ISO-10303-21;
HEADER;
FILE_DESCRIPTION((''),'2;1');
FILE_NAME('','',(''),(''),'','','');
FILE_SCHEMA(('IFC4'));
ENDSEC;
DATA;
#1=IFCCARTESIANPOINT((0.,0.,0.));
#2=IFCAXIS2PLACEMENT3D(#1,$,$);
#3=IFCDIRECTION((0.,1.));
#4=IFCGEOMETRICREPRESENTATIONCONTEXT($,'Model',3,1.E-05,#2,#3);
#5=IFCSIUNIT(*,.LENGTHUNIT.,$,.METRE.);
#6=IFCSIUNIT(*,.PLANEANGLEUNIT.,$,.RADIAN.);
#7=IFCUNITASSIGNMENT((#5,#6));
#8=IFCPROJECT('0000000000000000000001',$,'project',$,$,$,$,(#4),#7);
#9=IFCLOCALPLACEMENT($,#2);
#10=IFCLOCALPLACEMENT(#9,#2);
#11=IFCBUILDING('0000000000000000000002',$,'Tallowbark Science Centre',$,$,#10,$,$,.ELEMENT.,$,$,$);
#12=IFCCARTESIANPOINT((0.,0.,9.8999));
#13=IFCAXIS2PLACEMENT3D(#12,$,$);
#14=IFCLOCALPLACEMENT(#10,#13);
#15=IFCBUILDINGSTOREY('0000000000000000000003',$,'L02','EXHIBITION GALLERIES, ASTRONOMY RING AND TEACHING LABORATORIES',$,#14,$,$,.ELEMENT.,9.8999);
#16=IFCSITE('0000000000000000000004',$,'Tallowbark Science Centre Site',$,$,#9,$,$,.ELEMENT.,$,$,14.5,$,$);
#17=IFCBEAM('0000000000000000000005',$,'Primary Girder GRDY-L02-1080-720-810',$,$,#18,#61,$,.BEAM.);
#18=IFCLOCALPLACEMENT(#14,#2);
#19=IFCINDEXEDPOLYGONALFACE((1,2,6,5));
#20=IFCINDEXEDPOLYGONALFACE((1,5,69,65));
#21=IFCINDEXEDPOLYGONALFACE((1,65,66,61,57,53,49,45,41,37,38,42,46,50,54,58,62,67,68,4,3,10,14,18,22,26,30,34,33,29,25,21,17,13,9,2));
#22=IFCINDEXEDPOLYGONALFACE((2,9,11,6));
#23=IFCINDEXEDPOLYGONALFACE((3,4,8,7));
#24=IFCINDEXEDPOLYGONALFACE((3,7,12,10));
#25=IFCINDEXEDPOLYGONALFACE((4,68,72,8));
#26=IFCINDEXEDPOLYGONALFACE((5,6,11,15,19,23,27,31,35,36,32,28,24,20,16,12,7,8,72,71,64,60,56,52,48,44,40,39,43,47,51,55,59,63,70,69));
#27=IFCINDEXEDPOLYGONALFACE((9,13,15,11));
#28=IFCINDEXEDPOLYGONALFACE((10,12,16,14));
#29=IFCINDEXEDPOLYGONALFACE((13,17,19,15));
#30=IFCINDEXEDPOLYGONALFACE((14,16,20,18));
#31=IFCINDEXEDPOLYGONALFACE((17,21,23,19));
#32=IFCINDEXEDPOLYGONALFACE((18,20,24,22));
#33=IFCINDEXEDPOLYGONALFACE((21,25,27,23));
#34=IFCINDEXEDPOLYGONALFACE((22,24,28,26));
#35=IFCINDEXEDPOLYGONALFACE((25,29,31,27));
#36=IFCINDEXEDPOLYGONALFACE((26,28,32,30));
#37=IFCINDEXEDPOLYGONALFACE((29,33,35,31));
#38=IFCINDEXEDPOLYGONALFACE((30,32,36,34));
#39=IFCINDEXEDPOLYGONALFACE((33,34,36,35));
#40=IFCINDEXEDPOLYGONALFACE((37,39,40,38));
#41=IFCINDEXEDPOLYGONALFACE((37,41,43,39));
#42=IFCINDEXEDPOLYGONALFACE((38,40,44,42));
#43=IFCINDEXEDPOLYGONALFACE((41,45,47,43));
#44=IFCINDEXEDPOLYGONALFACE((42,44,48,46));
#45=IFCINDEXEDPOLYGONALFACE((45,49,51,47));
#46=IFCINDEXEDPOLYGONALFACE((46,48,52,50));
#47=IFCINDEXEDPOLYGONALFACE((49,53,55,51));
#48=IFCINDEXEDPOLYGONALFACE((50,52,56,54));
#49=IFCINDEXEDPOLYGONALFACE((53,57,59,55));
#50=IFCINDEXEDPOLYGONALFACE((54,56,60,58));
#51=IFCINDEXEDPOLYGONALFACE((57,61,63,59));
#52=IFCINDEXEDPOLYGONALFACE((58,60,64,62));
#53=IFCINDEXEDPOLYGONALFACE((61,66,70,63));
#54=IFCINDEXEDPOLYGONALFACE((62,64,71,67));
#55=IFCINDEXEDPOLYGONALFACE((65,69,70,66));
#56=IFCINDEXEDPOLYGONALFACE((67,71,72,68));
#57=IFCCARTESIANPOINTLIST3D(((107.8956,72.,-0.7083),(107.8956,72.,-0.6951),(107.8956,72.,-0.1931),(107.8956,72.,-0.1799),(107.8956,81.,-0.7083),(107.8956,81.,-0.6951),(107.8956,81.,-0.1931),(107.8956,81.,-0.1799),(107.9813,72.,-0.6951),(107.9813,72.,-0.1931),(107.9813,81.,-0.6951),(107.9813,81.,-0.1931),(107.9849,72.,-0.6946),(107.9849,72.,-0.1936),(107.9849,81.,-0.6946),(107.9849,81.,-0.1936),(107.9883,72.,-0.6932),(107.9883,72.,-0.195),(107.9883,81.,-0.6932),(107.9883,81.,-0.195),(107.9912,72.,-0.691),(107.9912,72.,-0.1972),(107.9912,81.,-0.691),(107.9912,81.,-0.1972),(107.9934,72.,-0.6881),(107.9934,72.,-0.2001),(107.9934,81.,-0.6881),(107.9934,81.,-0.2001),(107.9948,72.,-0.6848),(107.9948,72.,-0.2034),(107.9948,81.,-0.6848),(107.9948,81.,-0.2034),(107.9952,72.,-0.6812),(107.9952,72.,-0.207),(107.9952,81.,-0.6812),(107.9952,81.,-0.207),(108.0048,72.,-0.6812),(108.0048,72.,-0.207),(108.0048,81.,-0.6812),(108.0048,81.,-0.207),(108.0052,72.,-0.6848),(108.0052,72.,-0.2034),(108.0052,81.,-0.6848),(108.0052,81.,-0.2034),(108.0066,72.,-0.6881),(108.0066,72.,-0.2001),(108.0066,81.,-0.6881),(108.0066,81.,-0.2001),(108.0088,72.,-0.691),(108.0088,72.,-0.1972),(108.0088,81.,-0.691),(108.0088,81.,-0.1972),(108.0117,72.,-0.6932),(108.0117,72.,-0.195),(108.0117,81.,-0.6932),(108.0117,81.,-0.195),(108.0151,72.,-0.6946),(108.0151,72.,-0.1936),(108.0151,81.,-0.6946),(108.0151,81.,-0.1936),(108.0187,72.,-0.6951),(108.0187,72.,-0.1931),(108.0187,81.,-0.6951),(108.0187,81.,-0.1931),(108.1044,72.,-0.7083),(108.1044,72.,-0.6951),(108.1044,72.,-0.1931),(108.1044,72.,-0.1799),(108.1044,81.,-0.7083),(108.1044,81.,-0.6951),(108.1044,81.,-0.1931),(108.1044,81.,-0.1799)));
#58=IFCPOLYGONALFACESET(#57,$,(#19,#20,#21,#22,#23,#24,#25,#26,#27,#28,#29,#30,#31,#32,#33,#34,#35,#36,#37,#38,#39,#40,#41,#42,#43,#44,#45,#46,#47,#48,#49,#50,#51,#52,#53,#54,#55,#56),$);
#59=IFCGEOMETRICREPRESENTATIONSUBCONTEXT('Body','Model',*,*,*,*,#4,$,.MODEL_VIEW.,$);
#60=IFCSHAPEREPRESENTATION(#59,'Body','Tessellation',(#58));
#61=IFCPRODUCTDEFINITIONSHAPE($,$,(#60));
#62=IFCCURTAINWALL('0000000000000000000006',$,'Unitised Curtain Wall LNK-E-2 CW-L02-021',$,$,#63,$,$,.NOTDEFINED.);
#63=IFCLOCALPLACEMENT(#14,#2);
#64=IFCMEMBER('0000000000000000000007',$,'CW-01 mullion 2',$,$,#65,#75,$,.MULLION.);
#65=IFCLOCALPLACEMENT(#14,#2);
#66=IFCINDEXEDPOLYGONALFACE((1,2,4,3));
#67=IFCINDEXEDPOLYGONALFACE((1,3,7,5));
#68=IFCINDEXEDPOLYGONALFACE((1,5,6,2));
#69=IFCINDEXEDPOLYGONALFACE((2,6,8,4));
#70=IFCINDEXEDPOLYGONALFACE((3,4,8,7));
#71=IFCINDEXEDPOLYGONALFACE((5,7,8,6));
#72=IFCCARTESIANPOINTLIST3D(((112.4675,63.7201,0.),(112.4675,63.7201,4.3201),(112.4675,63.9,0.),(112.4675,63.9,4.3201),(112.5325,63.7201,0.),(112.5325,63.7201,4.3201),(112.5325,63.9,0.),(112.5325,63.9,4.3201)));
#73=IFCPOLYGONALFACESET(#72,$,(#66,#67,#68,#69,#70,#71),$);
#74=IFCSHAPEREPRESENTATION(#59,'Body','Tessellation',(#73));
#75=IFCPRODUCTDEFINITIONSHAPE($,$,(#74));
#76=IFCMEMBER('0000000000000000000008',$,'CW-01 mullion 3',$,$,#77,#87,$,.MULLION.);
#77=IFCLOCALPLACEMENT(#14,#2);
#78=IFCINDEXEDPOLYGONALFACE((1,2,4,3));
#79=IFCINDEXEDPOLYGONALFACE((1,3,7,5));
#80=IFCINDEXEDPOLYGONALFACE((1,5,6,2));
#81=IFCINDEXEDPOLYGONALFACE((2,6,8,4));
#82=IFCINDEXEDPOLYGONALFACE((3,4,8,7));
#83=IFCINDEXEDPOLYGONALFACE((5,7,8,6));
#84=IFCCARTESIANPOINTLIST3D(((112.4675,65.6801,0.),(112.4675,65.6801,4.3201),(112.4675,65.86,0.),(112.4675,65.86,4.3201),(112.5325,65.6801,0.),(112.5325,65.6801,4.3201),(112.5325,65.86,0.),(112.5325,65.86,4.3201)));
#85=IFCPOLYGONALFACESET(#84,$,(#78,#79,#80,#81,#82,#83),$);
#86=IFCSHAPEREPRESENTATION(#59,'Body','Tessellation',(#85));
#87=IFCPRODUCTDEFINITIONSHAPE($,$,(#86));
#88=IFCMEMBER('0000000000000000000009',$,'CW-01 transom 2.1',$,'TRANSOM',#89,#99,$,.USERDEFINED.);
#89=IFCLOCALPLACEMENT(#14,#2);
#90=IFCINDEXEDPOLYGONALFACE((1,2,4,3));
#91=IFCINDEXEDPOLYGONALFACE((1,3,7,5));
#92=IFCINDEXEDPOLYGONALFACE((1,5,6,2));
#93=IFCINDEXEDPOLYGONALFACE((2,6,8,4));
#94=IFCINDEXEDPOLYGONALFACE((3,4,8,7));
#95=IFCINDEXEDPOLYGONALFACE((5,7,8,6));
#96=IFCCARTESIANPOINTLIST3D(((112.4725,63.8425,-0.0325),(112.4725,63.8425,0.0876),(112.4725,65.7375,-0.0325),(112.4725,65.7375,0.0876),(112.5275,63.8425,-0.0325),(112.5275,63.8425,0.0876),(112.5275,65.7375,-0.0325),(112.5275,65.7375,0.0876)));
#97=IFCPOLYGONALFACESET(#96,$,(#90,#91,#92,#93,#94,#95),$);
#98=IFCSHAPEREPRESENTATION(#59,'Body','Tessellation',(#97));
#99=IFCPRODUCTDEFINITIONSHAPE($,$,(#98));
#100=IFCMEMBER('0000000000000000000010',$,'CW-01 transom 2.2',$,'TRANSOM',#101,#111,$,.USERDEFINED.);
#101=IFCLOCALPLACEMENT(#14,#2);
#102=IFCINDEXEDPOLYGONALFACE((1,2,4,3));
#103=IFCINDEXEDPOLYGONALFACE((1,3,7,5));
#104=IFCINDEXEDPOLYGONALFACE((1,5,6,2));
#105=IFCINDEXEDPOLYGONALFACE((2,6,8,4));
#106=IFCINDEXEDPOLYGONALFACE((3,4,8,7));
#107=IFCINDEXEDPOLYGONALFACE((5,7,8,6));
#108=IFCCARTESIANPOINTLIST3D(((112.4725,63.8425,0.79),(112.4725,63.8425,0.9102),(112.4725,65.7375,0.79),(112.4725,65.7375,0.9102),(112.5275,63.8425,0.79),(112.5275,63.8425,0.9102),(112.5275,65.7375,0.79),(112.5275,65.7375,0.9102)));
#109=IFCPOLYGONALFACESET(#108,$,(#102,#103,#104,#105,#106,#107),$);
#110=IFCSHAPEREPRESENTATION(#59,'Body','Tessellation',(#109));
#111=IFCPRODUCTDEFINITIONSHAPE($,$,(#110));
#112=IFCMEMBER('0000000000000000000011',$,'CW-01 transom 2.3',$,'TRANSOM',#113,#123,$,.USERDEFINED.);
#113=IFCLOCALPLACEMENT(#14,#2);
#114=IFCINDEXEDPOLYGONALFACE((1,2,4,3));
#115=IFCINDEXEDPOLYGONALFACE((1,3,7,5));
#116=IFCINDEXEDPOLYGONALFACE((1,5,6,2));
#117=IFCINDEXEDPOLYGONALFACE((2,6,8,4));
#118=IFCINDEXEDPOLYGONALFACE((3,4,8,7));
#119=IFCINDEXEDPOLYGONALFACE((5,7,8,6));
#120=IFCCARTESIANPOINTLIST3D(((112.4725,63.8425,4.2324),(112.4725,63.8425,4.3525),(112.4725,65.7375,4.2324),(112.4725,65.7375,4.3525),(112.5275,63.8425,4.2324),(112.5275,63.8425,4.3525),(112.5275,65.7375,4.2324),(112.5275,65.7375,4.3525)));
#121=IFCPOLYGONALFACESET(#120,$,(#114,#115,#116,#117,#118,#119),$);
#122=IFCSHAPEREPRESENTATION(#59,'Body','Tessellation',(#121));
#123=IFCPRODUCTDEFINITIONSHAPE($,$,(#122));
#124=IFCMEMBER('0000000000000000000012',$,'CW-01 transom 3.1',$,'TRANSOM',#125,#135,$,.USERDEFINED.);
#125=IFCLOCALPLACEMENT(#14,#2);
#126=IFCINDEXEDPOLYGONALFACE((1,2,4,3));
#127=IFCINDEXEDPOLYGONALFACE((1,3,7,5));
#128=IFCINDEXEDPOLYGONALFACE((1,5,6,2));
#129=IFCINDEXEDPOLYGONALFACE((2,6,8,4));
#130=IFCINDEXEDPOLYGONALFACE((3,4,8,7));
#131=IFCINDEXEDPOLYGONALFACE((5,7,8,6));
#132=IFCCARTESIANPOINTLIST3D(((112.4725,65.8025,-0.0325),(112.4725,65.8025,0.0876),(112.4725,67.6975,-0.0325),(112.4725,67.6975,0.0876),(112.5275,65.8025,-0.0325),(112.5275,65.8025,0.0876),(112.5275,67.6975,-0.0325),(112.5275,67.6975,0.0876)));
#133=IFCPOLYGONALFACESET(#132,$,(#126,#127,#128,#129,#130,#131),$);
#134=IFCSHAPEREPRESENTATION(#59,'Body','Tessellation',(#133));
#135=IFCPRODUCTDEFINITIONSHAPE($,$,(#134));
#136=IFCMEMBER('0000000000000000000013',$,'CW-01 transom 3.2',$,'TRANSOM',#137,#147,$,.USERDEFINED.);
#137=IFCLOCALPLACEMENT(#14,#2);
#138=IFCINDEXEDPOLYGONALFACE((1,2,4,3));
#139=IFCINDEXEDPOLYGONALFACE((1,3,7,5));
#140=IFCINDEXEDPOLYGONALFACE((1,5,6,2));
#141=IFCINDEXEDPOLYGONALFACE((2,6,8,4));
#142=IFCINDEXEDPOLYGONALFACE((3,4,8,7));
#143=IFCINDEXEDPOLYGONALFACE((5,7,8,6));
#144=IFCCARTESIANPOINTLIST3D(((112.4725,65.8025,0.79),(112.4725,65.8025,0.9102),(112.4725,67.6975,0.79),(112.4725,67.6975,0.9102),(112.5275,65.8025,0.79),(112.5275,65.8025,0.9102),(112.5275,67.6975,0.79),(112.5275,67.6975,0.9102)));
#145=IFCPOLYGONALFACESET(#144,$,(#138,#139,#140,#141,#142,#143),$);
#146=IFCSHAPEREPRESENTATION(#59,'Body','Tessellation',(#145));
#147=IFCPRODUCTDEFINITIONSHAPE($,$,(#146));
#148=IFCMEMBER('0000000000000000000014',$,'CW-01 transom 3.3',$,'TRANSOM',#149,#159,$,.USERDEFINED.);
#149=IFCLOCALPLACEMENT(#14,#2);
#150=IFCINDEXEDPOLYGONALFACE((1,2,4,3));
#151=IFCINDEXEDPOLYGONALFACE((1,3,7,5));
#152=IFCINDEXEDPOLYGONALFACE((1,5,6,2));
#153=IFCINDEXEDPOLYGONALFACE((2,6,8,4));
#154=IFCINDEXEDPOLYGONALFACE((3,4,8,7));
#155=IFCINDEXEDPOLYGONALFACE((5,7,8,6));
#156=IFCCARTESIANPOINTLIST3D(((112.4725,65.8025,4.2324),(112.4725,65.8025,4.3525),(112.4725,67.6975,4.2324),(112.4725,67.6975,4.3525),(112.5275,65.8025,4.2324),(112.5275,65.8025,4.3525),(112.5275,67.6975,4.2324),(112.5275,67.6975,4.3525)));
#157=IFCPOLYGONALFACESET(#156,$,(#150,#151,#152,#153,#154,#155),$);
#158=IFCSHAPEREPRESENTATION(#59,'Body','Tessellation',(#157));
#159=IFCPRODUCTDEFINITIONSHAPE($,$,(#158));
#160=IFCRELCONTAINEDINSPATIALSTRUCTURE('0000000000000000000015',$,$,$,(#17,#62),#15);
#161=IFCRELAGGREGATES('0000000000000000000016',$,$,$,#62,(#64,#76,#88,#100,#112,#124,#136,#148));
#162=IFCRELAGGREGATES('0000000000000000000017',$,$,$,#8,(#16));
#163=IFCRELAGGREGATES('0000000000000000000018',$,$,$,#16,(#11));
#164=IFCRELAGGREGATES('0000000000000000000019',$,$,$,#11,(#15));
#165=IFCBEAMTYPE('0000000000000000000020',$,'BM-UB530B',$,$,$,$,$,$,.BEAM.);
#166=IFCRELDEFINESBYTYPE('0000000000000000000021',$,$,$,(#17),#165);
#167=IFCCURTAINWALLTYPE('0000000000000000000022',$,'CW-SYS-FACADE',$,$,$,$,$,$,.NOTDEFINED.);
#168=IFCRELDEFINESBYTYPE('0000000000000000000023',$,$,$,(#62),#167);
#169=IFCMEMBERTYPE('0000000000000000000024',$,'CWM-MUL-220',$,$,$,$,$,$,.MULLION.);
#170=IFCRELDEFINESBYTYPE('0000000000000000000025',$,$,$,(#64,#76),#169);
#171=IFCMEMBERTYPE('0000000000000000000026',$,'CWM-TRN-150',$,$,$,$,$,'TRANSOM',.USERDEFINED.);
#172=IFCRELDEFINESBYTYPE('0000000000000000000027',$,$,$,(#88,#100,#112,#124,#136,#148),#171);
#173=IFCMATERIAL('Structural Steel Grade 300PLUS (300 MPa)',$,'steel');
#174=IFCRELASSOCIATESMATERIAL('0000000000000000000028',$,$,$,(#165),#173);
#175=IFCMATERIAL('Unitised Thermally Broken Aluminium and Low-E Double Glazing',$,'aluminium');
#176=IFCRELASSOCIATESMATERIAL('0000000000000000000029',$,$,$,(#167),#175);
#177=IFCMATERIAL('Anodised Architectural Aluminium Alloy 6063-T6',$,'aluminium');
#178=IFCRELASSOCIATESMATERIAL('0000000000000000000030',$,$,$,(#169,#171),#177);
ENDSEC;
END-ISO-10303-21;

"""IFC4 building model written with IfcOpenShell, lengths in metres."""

from ifc_helpers import new_model, si_unit, direction, frame, origin, origin_2d, place, context, subcontext, project, spatial, rectangle, i_section, extrude, material, material_profile, profile_set, type_object, element, aggregate, save


model = new_model("IFC4")

# Units and contexts
model_context = context("Model", 3, precision=1e-05, world=origin(), true_north=direction((0.0, 1.0)))
body_context = subcontext(model_context, "Body", "Model", "MODEL_VIEW")
ifc_project = project(units=[si_unit("LENGTHUNIT", "METRE"), si_unit("PLANEANGLEUNIT", "RADIAN")], contexts=[model_context])

# Site, building, storey
site_placement = place(None, origin())
site = spatial("IfcSite", under=ifc_project, at=site_placement, Name="Tallowbark Science Centre Site", CompositionType="ELEMENT", RefElevation=14.5)
building_placement = place(site_placement, origin())
building = spatial("IfcBuilding", under=site, at=building_placement, Name="Tallowbark Science Centre", CompositionType="ELEMENT")
storey_placement = place(building_placement, frame((0.0, 0.0, 9.8999)))
storey = spatial("IfcBuildingStorey", under=building, at=storey_placement, Name="L02", Description="EXHIBITION GALLERIES, ASTRONOMY RING AND TEACHING LABORATORIES", CompositionType="ELEMENT", Elevation=9.8999)

# Shared definitions
ifc_material_1 = material(Name="Structural Steel Grade 300PLUS (300 MPa)", Category="steel")

# Beam
ifc_material_profile_1 = material_profile(ifc_material_1, i_section(OverallWidth=0.2087, OverallDepth=0.5283, WebThickness=0.0095, FlangeThickness=0.0132, FilletRadius=0.0139, at=origin_2d()), Name="530UB82.0")
ifc_profile_set_1 = profile_set([ifc_material_profile_1], Name="Structural Steel Grade 300PLUS (300 MPa)")
beam_type_1 = type_object("IfcBeamType", Name="BM-UB530B", PredefinedType="BEAM", material=ifc_profile_set_1)
beam_1_placement = place(storey_placement, frame((108.0, 72.0, -0.4441), z_axis=(0.0, 1.0, 0.0), x_axis=(-1.0, 0.0, 0.0)))
element("IfcBeam", 1, at=beam_1_placement, inside=storey, type_object=beam_type_1, Name="Primary Girder GRDY-L02-1080-720-810", PredefinedType="BEAM", context=body_context, shape_type="SweptSolid", body=[
    extrude(i_section(OverallWidth=0.2087, OverallDepth=0.5283, WebThickness=0.0095, FlangeThickness=0.0132, FilletRadius=0.0139, at=origin_2d()), origin(), (0.0, 0.0, 1.0), 9.0),
])

# Curtain wall, members
ifc_material_2 = material(Name="Unitised Thermally Broken Aluminium and Low-E Double Glazing", Category="aluminium")
curtain_wall_type = type_object("IfcCurtainWallType", Name="CW-SYS-FACADE", PredefinedType="NOTDEFINED", material=ifc_material_2)
curtain_wall_placement = place(storey_placement, origin())
curtain_wall = element("IfcCurtainWall", 2, at=curtain_wall_placement, inside=storey, type_object=curtain_wall_type, Name="Unitised Curtain Wall LNK-E-2 CW-L02-021", PredefinedType="NOTDEFINED")
ifc_material_3 = material(Name="Anodised Architectural Aluminium Alloy 6063-T6", Category="aluminium")
ifc_material_profile_2 = material_profile(ifc_material_3, rectangle(XDim=0.0649, YDim=0.1799, at=origin_2d()), Name="ALU65x180")
ifc_profile_set_2 = profile_set([ifc_material_profile_2], Name="Anodised Architectural Aluminium Alloy 6063-T6")
member_type_1 = type_object("IfcMemberType", Name="CWM-MUL-220", PredefinedType="MULLION", material=ifc_profile_set_2)
member_1_placement = place(storey_placement, frame((112.5, 63.8101, 0.0), z_axis=(0.0, 0.0, 1.0), x_axis=(-1.0, 0.0, 0.0)))
member_1 = element("IfcMember", 3, at=member_1_placement, type_object=member_type_1, Name="CW-01 mullion 2", PredefinedType="MULLION", context=body_context, shape_type="SweptSolid", body=[
    extrude(rectangle(XDim=0.0649, YDim=0.1799, at=origin_2d()), origin(), (0.0, 0.0, 1.0), 4.3201),
])
member_2_placement = place(storey_placement, frame((112.5, 65.77, 0.0), z_axis=(0.0, 0.0, 1.0), x_axis=(-1.0, 0.0, 0.0)))
member_2 = element("IfcMember", 4, at=member_2_placement, type_object=member_type_1, Name="CW-01 mullion 3", PredefinedType="MULLION", context=body_context, shape_type="SweptSolid", body=[
    extrude(rectangle(XDim=0.0649, YDim=0.1799, at=origin_2d()), origin(), (0.0, 0.0, 1.0), 4.3201),
])
ifc_material_profile_3 = material_profile(ifc_material_3, rectangle(XDim=0.0549, YDim=0.1201, at=origin_2d()), Name="ALU55x120")
ifc_profile_set_3 = profile_set([ifc_material_profile_3], Name="Anodised Architectural Aluminium Alloy 6063-T6")
member_type_2 = type_object("IfcMemberType", Name="CWM-TRN-150", ElementType="TRANSOM", PredefinedType="USERDEFINED", material=ifc_profile_set_3)
member_3_placement = place(storey_placement, frame((112.5, 63.8425, 0.0276), z_axis=(0.0, 1.0, 0.0), x_axis=(-1.0, 0.0, 0.0)))
member_3 = element("IfcMember", 5, at=member_3_placement, type_object=member_type_2, Name="CW-01 transom 2.1", ObjectType="TRANSOM", PredefinedType="USERDEFINED", context=body_context, shape_type="SweptSolid", body=[
    extrude(rectangle(XDim=0.0549, YDim=0.1201, at=origin_2d()), origin(), (0.0, 0.0, 1.0), 1.895),
])
member_4_placement = place(storey_placement, frame((112.5, 63.8425, 0.8501), z_axis=(0.0, 1.0, 0.0), x_axis=(-1.0, 0.0, 0.0)))
member_4 = element("IfcMember", 6, at=member_4_placement, type_object=member_type_2, Name="CW-01 transom 2.2", ObjectType="TRANSOM", PredefinedType="USERDEFINED", context=body_context, shape_type="SweptSolid", body=[
    extrude(rectangle(XDim=0.0549, YDim=0.1201, at=origin_2d()), origin(), (0.0, 0.0, 1.0), 1.895),
])
member_5_placement = place(storey_placement, frame((112.5, 63.8425, 4.2925), z_axis=(0.0, 1.0, 0.0), x_axis=(-1.0, 0.0, 0.0)))
member_5 = element("IfcMember", 7, at=member_5_placement, type_object=member_type_2, Name="CW-01 transom 2.3", ObjectType="TRANSOM", PredefinedType="USERDEFINED", context=body_context, shape_type="SweptSolid", body=[
    extrude(rectangle(XDim=0.0549, YDim=0.1201, at=origin_2d()), origin(), (0.0, 0.0, 1.0), 1.895),
])
member_6_placement = place(storey_placement, frame((112.5, 65.8025, 0.0276), z_axis=(0.0, 1.0, 0.0), x_axis=(-1.0, 0.0, 0.0)))
member_6 = element("IfcMember", 8, at=member_6_placement, type_object=member_type_2, Name="CW-01 transom 3.1", ObjectType="TRANSOM", PredefinedType="USERDEFINED", context=body_context, shape_type="SweptSolid", body=[
    extrude(rectangle(XDim=0.0549, YDim=0.1201, at=origin_2d()), origin(), (0.0, 0.0, 1.0), 1.895),
])
member_7_placement = place(storey_placement, frame((112.5, 65.8025, 0.8501), z_axis=(0.0, 1.0, 0.0), x_axis=(-1.0, 0.0, 0.0)))
member_7 = element("IfcMember", 9, at=member_7_placement, type_object=member_type_2, Name="CW-01 transom 3.2", ObjectType="TRANSOM", PredefinedType="USERDEFINED", context=body_context, shape_type="SweptSolid", body=[
    extrude(rectangle(XDim=0.0549, YDim=0.1201, at=origin_2d()), origin(), (0.0, 0.0, 1.0), 1.895),
])
member_8_placement = place(storey_placement, frame((112.5, 65.8025, 4.2925), z_axis=(0.0, 1.0, 0.0), x_axis=(-1.0, 0.0, 0.0)))
member_8 = element("IfcMember", 10, at=member_8_placement, type_object=member_type_2, Name="CW-01 transom 3.3", ObjectType="TRANSOM", PredefinedType="USERDEFINED", context=body_context, shape_type="SweptSolid", body=[
    extrude(rectangle(XDim=0.0549, YDim=0.1201, at=origin_2d()), origin(), (0.0, 0.0, 1.0), 1.895),
])

aggregate(curtain_wall, [member_1, member_2, member_3, member_4, member_5, member_6, member_7, member_8])

save(model, "model.ifc")
